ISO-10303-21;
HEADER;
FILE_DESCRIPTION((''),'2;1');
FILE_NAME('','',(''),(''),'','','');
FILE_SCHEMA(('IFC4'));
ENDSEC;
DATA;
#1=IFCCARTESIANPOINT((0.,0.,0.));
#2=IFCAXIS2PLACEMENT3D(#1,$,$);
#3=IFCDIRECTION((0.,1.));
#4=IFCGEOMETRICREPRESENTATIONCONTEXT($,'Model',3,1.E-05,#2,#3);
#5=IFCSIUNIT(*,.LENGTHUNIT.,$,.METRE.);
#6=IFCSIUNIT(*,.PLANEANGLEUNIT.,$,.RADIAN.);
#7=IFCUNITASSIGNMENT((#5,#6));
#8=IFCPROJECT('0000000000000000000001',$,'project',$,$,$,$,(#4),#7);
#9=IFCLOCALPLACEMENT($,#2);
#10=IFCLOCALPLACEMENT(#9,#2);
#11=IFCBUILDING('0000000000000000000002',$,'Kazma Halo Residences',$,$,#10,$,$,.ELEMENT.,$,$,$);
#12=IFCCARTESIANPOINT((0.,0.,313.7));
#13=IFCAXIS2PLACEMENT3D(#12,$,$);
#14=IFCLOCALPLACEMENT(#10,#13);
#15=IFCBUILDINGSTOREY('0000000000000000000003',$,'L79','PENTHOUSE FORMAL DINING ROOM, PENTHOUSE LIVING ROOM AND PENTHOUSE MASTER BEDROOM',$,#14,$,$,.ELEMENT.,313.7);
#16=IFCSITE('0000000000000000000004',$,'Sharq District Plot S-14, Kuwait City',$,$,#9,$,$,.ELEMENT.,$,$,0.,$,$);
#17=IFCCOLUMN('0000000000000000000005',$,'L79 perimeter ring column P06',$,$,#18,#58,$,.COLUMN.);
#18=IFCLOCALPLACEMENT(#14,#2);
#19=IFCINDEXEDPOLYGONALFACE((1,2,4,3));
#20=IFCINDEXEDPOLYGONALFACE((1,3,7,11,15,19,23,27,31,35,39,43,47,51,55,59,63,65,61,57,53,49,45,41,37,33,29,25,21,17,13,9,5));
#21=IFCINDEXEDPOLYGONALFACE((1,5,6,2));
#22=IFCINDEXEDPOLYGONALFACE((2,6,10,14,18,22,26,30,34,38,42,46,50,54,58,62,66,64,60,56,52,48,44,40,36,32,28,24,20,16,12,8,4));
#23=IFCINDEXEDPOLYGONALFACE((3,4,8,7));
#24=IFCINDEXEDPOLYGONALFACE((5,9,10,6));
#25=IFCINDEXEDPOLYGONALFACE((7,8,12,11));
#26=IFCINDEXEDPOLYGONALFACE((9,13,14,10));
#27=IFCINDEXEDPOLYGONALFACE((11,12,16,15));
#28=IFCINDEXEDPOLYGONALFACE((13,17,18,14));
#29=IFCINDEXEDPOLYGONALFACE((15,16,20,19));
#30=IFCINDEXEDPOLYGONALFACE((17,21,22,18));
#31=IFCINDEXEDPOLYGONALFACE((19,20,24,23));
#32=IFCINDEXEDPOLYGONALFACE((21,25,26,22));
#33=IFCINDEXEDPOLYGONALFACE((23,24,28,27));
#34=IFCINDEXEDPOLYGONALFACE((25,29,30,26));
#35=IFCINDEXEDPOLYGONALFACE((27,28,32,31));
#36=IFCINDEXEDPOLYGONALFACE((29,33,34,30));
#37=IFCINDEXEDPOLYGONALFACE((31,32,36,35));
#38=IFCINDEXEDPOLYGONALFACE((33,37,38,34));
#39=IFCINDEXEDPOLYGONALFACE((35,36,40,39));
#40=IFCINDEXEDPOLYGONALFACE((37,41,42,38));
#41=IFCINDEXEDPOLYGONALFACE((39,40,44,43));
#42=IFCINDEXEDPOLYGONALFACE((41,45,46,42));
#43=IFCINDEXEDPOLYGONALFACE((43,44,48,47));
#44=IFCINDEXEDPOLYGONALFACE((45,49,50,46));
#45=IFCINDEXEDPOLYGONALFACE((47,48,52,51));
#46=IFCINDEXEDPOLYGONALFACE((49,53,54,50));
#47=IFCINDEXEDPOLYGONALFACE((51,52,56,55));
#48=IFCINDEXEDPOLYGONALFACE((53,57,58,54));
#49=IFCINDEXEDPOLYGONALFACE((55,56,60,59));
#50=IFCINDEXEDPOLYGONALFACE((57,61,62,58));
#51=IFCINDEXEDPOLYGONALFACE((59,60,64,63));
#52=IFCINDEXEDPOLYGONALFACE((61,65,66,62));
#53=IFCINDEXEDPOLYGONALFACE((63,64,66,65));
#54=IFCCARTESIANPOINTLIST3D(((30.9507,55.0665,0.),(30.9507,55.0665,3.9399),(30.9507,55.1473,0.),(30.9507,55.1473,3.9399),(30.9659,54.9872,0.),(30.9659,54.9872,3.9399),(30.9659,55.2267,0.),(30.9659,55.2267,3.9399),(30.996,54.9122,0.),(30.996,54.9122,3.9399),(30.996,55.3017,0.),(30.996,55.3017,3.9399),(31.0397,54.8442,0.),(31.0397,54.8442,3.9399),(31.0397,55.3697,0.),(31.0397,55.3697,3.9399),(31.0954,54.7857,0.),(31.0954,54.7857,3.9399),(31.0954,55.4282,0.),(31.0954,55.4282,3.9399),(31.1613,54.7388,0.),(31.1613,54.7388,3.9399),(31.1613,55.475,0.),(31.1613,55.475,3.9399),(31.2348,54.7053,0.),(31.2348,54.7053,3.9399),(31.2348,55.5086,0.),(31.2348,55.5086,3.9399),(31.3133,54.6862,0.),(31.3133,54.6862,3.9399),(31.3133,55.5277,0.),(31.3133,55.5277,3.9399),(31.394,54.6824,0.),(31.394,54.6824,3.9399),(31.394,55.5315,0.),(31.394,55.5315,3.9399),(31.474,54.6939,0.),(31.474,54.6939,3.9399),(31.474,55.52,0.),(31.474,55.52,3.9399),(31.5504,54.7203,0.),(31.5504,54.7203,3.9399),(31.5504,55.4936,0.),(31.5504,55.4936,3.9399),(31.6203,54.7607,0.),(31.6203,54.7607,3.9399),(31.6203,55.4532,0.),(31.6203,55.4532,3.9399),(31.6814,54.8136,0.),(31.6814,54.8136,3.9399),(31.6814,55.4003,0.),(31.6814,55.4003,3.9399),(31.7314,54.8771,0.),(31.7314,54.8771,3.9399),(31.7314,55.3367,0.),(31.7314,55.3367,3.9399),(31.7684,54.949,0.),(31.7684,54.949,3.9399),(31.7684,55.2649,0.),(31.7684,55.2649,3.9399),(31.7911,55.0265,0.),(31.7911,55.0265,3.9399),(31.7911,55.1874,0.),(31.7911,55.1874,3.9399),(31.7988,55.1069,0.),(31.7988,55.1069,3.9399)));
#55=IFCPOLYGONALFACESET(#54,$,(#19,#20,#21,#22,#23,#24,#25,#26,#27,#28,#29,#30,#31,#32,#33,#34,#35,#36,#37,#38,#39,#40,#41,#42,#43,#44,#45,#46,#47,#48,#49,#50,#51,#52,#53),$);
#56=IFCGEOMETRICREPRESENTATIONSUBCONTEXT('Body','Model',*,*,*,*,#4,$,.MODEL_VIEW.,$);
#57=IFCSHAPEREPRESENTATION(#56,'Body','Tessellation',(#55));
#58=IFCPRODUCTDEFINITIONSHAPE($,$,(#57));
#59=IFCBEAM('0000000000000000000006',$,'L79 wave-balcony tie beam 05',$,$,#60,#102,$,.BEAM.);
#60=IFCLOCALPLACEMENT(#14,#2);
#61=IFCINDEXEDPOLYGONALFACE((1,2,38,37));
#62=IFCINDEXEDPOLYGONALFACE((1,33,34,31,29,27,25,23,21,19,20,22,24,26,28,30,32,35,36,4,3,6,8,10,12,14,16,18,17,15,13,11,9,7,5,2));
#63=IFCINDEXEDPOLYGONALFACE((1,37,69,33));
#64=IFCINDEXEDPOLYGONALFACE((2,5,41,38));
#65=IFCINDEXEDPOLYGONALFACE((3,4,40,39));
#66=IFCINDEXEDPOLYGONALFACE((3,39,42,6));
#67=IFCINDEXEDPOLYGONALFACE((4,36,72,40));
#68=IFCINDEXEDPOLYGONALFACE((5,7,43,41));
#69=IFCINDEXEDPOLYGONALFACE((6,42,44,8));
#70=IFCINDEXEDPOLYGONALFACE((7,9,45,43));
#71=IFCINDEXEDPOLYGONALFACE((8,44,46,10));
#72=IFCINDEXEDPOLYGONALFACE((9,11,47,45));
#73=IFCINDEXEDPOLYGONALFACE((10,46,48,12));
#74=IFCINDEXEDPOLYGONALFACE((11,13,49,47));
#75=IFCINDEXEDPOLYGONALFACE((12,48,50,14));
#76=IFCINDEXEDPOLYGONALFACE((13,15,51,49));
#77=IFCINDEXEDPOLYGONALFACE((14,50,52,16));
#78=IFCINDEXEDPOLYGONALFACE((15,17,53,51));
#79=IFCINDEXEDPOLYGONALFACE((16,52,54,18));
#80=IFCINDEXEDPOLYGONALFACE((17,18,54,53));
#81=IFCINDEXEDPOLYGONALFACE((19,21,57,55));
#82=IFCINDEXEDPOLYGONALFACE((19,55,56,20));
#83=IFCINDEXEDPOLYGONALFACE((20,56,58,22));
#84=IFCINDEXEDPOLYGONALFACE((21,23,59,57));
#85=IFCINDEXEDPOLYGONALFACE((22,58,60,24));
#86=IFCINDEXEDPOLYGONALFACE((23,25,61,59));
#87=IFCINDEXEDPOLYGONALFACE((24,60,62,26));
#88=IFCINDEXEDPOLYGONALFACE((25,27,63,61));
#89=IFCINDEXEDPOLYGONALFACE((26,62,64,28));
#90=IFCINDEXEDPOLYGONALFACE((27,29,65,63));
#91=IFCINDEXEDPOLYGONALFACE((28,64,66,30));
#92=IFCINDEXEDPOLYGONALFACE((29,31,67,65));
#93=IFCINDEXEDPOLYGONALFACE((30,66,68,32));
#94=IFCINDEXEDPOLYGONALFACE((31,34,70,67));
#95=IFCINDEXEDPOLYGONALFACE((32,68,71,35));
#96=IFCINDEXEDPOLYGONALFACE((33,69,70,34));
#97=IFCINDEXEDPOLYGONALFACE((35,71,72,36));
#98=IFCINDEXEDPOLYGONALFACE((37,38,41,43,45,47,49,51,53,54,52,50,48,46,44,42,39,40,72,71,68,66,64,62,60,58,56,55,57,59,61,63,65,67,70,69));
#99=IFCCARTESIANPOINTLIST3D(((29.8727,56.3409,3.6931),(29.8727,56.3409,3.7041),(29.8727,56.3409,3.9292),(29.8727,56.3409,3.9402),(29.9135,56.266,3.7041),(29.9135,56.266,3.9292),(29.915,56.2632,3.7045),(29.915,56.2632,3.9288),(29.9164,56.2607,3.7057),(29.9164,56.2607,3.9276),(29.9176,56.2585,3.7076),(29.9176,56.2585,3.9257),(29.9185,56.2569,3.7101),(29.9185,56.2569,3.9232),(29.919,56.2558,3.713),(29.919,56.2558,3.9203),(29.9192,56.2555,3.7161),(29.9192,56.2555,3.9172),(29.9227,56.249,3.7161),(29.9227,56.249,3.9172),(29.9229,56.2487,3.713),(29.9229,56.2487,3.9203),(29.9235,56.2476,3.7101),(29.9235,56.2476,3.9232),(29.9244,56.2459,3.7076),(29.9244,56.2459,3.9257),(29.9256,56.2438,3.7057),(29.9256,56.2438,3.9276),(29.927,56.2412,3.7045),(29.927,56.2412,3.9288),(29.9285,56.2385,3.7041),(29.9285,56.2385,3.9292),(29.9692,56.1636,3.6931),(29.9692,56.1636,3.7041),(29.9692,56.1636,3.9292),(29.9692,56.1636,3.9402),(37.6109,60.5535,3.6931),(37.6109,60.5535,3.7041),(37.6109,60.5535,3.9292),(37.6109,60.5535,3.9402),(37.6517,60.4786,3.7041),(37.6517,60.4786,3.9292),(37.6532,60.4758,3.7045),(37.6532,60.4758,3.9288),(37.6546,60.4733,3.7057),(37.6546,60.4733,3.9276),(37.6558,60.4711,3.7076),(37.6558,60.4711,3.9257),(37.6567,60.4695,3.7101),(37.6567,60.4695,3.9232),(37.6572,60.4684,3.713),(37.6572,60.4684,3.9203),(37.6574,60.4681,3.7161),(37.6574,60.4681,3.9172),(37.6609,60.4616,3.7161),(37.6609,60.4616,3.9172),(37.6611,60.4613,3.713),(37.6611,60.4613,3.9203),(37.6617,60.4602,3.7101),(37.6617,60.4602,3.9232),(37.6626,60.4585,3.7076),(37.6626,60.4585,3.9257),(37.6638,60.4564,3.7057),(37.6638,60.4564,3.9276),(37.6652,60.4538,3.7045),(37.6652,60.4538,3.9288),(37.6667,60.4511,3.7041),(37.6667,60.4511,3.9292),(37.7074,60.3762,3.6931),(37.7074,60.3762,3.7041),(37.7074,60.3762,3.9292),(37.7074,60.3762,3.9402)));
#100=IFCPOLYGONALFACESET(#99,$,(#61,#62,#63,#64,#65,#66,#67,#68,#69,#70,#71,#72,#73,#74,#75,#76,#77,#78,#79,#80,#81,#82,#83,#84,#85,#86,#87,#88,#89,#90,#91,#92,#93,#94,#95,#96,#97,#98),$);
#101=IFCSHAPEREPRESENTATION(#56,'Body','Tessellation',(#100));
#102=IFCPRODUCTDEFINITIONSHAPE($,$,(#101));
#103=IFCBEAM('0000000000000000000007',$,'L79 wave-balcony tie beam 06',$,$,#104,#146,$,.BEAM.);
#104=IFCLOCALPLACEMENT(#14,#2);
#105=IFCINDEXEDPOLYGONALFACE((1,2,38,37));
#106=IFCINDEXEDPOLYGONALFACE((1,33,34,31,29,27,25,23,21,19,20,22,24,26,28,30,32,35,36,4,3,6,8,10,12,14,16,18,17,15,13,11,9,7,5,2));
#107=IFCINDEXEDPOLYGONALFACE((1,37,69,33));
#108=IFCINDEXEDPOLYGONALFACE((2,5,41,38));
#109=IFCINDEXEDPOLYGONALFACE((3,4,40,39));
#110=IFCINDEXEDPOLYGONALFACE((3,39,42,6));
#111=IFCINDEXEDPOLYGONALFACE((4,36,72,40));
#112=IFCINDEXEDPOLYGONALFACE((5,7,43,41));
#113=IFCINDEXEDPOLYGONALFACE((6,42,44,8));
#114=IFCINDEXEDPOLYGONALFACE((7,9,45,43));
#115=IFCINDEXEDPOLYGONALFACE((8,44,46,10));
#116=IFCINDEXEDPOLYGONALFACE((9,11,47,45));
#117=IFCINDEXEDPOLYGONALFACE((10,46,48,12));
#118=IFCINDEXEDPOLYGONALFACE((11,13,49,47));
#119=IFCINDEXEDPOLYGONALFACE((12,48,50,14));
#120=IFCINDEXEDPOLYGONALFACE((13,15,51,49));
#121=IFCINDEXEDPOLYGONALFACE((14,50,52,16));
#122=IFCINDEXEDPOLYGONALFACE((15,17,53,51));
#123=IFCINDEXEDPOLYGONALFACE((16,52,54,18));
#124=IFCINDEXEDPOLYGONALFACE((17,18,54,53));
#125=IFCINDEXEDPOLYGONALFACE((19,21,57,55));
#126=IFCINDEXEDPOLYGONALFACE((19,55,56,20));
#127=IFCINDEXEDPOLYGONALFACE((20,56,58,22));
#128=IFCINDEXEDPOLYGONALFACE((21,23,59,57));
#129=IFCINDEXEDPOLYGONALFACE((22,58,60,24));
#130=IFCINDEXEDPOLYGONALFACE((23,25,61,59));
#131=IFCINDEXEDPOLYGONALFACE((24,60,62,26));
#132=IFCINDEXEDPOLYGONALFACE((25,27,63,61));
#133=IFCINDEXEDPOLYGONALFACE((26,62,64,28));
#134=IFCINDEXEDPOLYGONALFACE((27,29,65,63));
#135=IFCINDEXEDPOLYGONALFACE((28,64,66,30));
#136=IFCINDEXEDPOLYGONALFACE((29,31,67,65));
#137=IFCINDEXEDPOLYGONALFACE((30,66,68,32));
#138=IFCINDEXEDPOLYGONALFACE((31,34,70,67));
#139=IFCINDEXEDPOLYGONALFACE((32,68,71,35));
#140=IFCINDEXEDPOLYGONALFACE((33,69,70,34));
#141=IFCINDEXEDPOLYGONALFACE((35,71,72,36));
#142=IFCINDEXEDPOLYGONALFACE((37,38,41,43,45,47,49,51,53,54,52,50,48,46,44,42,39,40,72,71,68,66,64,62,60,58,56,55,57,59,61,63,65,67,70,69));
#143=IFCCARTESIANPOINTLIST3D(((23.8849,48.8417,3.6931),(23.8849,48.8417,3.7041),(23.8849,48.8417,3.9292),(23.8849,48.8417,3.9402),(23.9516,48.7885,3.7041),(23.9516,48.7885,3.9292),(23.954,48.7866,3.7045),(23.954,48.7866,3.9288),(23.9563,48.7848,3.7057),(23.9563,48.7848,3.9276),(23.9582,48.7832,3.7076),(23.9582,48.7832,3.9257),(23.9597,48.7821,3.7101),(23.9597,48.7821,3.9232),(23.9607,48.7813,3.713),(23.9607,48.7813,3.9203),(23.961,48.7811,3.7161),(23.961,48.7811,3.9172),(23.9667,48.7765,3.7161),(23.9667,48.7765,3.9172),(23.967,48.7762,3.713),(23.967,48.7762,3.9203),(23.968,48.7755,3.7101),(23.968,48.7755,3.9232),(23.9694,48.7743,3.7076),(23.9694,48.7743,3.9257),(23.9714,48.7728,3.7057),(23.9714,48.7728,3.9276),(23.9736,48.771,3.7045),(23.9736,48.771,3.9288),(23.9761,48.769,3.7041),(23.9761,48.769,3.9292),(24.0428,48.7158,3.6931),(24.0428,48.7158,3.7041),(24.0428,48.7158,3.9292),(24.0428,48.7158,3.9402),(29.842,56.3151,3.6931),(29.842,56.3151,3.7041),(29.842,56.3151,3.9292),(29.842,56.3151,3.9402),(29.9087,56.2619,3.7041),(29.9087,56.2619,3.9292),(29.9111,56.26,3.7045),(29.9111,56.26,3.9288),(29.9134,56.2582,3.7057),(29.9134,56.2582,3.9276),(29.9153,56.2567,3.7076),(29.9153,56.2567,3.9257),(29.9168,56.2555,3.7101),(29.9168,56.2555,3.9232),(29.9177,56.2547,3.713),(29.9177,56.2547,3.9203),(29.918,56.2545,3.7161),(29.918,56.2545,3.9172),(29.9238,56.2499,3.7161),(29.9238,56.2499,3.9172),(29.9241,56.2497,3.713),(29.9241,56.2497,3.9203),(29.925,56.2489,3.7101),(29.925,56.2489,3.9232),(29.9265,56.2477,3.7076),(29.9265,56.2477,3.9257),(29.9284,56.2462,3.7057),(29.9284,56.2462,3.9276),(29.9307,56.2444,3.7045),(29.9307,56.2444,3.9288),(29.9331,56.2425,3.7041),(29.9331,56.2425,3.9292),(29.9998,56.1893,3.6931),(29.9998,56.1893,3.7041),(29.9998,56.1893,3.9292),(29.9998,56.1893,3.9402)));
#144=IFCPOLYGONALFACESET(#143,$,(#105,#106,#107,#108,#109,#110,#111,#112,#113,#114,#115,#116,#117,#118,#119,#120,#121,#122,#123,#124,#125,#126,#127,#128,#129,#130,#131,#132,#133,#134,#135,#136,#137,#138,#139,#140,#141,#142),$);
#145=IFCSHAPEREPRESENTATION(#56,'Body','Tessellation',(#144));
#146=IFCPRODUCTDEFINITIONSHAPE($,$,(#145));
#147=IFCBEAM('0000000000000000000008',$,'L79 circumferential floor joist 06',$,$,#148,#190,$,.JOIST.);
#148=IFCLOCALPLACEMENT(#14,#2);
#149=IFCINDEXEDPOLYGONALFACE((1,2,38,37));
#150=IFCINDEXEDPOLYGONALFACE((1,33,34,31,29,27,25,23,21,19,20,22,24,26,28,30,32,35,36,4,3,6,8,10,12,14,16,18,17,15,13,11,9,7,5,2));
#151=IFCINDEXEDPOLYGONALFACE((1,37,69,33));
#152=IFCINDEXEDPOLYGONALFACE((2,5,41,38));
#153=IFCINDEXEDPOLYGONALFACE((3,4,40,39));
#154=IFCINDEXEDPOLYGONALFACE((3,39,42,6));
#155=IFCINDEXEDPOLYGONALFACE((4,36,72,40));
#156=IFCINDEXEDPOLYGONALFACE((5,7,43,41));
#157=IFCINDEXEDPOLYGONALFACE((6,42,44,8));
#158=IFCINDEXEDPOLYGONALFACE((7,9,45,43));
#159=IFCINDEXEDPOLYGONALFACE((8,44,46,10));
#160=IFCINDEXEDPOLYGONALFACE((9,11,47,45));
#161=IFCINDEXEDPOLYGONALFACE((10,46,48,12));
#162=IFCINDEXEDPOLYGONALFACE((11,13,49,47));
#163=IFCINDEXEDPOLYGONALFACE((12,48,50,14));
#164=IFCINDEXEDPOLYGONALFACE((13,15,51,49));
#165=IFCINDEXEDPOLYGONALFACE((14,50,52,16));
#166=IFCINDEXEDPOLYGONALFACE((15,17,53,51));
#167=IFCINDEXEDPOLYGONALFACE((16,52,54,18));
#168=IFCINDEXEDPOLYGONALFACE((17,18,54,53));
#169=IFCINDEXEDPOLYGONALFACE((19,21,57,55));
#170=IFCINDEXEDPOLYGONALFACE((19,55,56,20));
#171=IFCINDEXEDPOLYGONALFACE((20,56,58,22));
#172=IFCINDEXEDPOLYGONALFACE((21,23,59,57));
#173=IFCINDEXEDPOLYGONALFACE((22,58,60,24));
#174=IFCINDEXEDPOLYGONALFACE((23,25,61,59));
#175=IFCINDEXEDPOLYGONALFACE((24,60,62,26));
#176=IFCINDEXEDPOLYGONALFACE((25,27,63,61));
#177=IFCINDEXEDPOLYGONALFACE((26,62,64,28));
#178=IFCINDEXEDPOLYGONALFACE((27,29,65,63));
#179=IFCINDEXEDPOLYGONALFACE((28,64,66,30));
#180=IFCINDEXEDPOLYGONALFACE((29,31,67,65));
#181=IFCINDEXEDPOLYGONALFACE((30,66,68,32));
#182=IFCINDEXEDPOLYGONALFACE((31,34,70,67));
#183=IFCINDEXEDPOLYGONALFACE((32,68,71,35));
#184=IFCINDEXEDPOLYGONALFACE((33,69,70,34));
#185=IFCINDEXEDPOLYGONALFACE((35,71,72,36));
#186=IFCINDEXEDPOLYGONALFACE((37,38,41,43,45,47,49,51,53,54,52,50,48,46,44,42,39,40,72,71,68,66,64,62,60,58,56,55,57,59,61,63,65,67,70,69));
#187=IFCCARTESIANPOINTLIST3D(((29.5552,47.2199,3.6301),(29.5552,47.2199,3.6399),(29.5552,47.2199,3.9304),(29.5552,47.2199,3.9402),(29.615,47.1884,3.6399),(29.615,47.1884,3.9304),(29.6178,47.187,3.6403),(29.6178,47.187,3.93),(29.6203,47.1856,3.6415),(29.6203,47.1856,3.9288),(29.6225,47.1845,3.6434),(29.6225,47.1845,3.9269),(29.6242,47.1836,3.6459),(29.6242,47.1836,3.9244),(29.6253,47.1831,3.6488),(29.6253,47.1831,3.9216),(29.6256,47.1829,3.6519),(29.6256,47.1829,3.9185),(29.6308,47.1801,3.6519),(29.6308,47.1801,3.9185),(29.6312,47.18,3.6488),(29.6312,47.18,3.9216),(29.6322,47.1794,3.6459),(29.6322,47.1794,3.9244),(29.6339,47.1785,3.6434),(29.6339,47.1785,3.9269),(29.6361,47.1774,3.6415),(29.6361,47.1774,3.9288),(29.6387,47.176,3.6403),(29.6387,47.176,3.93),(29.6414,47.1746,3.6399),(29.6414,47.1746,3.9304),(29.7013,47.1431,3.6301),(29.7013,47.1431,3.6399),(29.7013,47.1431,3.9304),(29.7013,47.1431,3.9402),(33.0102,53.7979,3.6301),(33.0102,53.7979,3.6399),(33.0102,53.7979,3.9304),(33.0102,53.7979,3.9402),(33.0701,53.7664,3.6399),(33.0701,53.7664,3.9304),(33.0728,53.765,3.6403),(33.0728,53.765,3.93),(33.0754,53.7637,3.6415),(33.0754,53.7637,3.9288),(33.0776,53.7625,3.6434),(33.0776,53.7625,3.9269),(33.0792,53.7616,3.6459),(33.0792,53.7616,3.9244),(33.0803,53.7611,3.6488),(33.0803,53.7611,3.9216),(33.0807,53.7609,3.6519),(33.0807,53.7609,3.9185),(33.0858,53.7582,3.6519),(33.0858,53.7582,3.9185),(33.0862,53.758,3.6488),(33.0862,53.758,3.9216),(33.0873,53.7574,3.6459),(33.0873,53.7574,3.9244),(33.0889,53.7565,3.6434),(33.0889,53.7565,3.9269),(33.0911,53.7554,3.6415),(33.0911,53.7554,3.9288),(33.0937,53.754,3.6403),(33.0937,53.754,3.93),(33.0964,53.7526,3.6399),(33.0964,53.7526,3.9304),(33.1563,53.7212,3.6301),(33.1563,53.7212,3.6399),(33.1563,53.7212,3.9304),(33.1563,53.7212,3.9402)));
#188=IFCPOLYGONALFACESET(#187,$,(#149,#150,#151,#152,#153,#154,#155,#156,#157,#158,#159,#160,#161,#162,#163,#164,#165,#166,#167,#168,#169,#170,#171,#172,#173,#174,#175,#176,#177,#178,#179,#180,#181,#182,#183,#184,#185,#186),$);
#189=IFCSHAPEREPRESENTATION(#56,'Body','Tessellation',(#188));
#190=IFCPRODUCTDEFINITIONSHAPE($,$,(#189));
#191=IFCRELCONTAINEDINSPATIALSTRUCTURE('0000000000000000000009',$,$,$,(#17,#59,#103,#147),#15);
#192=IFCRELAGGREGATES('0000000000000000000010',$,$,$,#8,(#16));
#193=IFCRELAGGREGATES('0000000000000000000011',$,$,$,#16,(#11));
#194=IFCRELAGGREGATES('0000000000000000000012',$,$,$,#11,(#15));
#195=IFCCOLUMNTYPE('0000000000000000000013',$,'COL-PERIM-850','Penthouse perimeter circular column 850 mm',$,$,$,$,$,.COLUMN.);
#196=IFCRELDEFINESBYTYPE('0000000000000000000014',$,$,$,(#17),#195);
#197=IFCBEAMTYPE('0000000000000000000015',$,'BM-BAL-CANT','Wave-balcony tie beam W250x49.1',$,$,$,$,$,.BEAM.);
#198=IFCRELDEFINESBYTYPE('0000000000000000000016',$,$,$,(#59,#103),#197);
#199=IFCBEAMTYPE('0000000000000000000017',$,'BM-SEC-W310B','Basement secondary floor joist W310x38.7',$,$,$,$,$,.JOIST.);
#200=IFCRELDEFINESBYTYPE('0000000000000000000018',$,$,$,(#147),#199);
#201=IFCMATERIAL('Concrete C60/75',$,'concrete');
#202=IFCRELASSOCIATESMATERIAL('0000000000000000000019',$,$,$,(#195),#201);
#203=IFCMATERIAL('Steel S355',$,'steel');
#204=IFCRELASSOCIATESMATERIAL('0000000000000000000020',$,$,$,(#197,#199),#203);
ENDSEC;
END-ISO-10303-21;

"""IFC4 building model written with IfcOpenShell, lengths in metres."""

from ifc_helpers import new_model, si_unit, direction, frame, origin, origin_2d, place, context, subcontext, project, spatial, circle, i_section, extrude, material, material_profile, profile_set, type_object, element, save


model = new_model("IFC4")

# Units and contexts
model_context = context("Model", 3, precision=1e-05, world=origin(), true_north=direction((0.0, 1.0)))
body_context = subcontext(model_context, "Body", "Model", "MODEL_VIEW")
ifc_project = project(units=[si_unit("LENGTHUNIT", "METRE"), si_unit("PLANEANGLEUNIT", "RADIAN")], contexts=[model_context])

# Site, building, storey
site_placement = place(None, origin())
site = spatial("IfcSite", under=ifc_project, at=site_placement, Name="Sharq District Plot S-14, Kuwait City", CompositionType="ELEMENT", RefElevation=0.0)
building_placement = place(site_placement, origin())
building = spatial("IfcBuilding", under=site, at=building_placement, Name="Kazma Halo Residences", CompositionType="ELEMENT")
storey_placement = place(building_placement, frame((0.0, 0.0, 313.7)))
storey = spatial("IfcBuildingStorey", under=building, at=storey_placement, Name="L79", Description="PENTHOUSE FORMAL DINING ROOM, PENTHOUSE LIVING ROOM AND PENTHOUSE MASTER BEDROOM", CompositionType="ELEMENT", Elevation=313.7)

# Column
ifc_material_1 = material(Name="Concrete C60/75", Category="concrete")
ifc_material_profile_1 = material_profile(ifc_material_1, circle(Radius=0.425, at=origin_2d()), Name="CIRC850")
ifc_profile_set_1 = profile_set([ifc_material_profile_1], Name="Concrete C60/75")
column_type = type_object("IfcColumnType", Name="COL-PERIM-850", Description="Penthouse perimeter circular column 850 mm", PredefinedType="COLUMN", material=ifc_profile_set_1)
column_placement = place(storey_placement, frame((31.3738, 55.1069, 0.0), z_axis=(0.0, 0.0, 1.0), x_axis=(1.0, 0.0, 0.0)))
element("IfcColumn", 1, at=column_placement, inside=storey, type_object=column_type, Name="L79 perimeter ring column P06", PredefinedType="COLUMN", context=body_context, shape_type="SweptSolid", body=[
    extrude(circle(Radius=0.425, at=origin_2d()), origin(), (0.0, 0.0, 1.0), 3.9399),
])

# Beams
ifc_material_2 = material(Name="Steel S355", Category="steel")
ifc_material_profile_2 = material_profile(ifc_material_2, i_section(OverallWidth=0.2019, OverallDepth=0.2471, WebThickness=0.0073, FlangeThickness=0.011, FilletRadius=0.012, at=origin_2d()), Name="W250x49.1")
ifc_profile_set_2 = profile_set([ifc_material_profile_2], Name="Steel S355")
beam_type_1 = type_object("IfcBeamType", Name="BM-BAL-CANT", Description="Wave-balcony tie beam W250x49.1", PredefinedType="BEAM", material=ifc_profile_set_2)
beam_1_placement = place(storey_placement, frame((37.6592, 60.4648, 3.8167), z_axis=(-0.878288, -0.478132, 0.0), x_axis=(0.478132, -0.878288, 0.0)))
element("IfcBeam", 2, at=beam_1_placement, inside=storey, type_object=beam_type_1, Name="L79 wave-balcony tie beam 05", PredefinedType="BEAM", context=body_context, shape_type="SweptSolid", body=[
    extrude(i_section(OverallWidth=0.2019, OverallDepth=0.2471, WebThickness=0.0073, FlangeThickness=0.011, FilletRadius=0.012, at=origin_2d()), origin(), (0.0, 0.0, 1.0), 8.8105),
])
beam_2_placement = place(storey_placement, frame((29.9209, 56.2522, 3.8167), z_axis=(-0.623311, -0.781974, 0.0), x_axis=(0.781974, -0.623311, 0.0)))
element("IfcBeam", 3, at=beam_2_placement, inside=storey, type_object=beam_type_1, Name="L79 wave-balcony tie beam 06", PredefinedType="BEAM", context=body_context, shape_type="SweptSolid", body=[
    extrude(i_section(OverallWidth=0.2019, OverallDepth=0.2471, WebThickness=0.0073, FlangeThickness=0.011, FilletRadius=0.012, at=origin_2d()), origin(), (0.0, 0.0, 1.0), 9.5571),
])
ifc_material_profile_3 = material_profile(ifc_material_2, i_section(OverallWidth=0.165, OverallDepth=0.3101, WebThickness=0.0059, FlangeThickness=0.0098, FilletRadius=0.012, at=origin_2d()), Name="W310x38.7")
ifc_profile_set_3 = profile_set([ifc_material_profile_3], Name="Steel S355")
beam_type_2 = type_object("IfcBeamType", Name="BM-SEC-W310B", Description="Basement secondary floor joist W310x38.7", PredefinedType="JOIST", material=ifc_profile_set_3)
beam_3_placement = place(storey_placement, frame((33.0833, 53.7595, 3.7852), z_axis=(-0.464999, -0.885311, 0.0), x_axis=(0.885311, -0.464999, 0.0)))
element("IfcBeam", 4, at=beam_3_placement, inside=storey, type_object=beam_type_2, Name="L79 circumferential floor joist 06", PredefinedType="JOIST", context=body_context, shape_type="SweptSolid", body=[
    extrude(i_section(OverallWidth=0.165, OverallDepth=0.3101, WebThickness=0.0059, FlangeThickness=0.0098, FilletRadius=0.012, at=origin_2d()), origin(), (0.0, 0.0, 1.0), 7.4302),
])

save(model, "model.ifc")
